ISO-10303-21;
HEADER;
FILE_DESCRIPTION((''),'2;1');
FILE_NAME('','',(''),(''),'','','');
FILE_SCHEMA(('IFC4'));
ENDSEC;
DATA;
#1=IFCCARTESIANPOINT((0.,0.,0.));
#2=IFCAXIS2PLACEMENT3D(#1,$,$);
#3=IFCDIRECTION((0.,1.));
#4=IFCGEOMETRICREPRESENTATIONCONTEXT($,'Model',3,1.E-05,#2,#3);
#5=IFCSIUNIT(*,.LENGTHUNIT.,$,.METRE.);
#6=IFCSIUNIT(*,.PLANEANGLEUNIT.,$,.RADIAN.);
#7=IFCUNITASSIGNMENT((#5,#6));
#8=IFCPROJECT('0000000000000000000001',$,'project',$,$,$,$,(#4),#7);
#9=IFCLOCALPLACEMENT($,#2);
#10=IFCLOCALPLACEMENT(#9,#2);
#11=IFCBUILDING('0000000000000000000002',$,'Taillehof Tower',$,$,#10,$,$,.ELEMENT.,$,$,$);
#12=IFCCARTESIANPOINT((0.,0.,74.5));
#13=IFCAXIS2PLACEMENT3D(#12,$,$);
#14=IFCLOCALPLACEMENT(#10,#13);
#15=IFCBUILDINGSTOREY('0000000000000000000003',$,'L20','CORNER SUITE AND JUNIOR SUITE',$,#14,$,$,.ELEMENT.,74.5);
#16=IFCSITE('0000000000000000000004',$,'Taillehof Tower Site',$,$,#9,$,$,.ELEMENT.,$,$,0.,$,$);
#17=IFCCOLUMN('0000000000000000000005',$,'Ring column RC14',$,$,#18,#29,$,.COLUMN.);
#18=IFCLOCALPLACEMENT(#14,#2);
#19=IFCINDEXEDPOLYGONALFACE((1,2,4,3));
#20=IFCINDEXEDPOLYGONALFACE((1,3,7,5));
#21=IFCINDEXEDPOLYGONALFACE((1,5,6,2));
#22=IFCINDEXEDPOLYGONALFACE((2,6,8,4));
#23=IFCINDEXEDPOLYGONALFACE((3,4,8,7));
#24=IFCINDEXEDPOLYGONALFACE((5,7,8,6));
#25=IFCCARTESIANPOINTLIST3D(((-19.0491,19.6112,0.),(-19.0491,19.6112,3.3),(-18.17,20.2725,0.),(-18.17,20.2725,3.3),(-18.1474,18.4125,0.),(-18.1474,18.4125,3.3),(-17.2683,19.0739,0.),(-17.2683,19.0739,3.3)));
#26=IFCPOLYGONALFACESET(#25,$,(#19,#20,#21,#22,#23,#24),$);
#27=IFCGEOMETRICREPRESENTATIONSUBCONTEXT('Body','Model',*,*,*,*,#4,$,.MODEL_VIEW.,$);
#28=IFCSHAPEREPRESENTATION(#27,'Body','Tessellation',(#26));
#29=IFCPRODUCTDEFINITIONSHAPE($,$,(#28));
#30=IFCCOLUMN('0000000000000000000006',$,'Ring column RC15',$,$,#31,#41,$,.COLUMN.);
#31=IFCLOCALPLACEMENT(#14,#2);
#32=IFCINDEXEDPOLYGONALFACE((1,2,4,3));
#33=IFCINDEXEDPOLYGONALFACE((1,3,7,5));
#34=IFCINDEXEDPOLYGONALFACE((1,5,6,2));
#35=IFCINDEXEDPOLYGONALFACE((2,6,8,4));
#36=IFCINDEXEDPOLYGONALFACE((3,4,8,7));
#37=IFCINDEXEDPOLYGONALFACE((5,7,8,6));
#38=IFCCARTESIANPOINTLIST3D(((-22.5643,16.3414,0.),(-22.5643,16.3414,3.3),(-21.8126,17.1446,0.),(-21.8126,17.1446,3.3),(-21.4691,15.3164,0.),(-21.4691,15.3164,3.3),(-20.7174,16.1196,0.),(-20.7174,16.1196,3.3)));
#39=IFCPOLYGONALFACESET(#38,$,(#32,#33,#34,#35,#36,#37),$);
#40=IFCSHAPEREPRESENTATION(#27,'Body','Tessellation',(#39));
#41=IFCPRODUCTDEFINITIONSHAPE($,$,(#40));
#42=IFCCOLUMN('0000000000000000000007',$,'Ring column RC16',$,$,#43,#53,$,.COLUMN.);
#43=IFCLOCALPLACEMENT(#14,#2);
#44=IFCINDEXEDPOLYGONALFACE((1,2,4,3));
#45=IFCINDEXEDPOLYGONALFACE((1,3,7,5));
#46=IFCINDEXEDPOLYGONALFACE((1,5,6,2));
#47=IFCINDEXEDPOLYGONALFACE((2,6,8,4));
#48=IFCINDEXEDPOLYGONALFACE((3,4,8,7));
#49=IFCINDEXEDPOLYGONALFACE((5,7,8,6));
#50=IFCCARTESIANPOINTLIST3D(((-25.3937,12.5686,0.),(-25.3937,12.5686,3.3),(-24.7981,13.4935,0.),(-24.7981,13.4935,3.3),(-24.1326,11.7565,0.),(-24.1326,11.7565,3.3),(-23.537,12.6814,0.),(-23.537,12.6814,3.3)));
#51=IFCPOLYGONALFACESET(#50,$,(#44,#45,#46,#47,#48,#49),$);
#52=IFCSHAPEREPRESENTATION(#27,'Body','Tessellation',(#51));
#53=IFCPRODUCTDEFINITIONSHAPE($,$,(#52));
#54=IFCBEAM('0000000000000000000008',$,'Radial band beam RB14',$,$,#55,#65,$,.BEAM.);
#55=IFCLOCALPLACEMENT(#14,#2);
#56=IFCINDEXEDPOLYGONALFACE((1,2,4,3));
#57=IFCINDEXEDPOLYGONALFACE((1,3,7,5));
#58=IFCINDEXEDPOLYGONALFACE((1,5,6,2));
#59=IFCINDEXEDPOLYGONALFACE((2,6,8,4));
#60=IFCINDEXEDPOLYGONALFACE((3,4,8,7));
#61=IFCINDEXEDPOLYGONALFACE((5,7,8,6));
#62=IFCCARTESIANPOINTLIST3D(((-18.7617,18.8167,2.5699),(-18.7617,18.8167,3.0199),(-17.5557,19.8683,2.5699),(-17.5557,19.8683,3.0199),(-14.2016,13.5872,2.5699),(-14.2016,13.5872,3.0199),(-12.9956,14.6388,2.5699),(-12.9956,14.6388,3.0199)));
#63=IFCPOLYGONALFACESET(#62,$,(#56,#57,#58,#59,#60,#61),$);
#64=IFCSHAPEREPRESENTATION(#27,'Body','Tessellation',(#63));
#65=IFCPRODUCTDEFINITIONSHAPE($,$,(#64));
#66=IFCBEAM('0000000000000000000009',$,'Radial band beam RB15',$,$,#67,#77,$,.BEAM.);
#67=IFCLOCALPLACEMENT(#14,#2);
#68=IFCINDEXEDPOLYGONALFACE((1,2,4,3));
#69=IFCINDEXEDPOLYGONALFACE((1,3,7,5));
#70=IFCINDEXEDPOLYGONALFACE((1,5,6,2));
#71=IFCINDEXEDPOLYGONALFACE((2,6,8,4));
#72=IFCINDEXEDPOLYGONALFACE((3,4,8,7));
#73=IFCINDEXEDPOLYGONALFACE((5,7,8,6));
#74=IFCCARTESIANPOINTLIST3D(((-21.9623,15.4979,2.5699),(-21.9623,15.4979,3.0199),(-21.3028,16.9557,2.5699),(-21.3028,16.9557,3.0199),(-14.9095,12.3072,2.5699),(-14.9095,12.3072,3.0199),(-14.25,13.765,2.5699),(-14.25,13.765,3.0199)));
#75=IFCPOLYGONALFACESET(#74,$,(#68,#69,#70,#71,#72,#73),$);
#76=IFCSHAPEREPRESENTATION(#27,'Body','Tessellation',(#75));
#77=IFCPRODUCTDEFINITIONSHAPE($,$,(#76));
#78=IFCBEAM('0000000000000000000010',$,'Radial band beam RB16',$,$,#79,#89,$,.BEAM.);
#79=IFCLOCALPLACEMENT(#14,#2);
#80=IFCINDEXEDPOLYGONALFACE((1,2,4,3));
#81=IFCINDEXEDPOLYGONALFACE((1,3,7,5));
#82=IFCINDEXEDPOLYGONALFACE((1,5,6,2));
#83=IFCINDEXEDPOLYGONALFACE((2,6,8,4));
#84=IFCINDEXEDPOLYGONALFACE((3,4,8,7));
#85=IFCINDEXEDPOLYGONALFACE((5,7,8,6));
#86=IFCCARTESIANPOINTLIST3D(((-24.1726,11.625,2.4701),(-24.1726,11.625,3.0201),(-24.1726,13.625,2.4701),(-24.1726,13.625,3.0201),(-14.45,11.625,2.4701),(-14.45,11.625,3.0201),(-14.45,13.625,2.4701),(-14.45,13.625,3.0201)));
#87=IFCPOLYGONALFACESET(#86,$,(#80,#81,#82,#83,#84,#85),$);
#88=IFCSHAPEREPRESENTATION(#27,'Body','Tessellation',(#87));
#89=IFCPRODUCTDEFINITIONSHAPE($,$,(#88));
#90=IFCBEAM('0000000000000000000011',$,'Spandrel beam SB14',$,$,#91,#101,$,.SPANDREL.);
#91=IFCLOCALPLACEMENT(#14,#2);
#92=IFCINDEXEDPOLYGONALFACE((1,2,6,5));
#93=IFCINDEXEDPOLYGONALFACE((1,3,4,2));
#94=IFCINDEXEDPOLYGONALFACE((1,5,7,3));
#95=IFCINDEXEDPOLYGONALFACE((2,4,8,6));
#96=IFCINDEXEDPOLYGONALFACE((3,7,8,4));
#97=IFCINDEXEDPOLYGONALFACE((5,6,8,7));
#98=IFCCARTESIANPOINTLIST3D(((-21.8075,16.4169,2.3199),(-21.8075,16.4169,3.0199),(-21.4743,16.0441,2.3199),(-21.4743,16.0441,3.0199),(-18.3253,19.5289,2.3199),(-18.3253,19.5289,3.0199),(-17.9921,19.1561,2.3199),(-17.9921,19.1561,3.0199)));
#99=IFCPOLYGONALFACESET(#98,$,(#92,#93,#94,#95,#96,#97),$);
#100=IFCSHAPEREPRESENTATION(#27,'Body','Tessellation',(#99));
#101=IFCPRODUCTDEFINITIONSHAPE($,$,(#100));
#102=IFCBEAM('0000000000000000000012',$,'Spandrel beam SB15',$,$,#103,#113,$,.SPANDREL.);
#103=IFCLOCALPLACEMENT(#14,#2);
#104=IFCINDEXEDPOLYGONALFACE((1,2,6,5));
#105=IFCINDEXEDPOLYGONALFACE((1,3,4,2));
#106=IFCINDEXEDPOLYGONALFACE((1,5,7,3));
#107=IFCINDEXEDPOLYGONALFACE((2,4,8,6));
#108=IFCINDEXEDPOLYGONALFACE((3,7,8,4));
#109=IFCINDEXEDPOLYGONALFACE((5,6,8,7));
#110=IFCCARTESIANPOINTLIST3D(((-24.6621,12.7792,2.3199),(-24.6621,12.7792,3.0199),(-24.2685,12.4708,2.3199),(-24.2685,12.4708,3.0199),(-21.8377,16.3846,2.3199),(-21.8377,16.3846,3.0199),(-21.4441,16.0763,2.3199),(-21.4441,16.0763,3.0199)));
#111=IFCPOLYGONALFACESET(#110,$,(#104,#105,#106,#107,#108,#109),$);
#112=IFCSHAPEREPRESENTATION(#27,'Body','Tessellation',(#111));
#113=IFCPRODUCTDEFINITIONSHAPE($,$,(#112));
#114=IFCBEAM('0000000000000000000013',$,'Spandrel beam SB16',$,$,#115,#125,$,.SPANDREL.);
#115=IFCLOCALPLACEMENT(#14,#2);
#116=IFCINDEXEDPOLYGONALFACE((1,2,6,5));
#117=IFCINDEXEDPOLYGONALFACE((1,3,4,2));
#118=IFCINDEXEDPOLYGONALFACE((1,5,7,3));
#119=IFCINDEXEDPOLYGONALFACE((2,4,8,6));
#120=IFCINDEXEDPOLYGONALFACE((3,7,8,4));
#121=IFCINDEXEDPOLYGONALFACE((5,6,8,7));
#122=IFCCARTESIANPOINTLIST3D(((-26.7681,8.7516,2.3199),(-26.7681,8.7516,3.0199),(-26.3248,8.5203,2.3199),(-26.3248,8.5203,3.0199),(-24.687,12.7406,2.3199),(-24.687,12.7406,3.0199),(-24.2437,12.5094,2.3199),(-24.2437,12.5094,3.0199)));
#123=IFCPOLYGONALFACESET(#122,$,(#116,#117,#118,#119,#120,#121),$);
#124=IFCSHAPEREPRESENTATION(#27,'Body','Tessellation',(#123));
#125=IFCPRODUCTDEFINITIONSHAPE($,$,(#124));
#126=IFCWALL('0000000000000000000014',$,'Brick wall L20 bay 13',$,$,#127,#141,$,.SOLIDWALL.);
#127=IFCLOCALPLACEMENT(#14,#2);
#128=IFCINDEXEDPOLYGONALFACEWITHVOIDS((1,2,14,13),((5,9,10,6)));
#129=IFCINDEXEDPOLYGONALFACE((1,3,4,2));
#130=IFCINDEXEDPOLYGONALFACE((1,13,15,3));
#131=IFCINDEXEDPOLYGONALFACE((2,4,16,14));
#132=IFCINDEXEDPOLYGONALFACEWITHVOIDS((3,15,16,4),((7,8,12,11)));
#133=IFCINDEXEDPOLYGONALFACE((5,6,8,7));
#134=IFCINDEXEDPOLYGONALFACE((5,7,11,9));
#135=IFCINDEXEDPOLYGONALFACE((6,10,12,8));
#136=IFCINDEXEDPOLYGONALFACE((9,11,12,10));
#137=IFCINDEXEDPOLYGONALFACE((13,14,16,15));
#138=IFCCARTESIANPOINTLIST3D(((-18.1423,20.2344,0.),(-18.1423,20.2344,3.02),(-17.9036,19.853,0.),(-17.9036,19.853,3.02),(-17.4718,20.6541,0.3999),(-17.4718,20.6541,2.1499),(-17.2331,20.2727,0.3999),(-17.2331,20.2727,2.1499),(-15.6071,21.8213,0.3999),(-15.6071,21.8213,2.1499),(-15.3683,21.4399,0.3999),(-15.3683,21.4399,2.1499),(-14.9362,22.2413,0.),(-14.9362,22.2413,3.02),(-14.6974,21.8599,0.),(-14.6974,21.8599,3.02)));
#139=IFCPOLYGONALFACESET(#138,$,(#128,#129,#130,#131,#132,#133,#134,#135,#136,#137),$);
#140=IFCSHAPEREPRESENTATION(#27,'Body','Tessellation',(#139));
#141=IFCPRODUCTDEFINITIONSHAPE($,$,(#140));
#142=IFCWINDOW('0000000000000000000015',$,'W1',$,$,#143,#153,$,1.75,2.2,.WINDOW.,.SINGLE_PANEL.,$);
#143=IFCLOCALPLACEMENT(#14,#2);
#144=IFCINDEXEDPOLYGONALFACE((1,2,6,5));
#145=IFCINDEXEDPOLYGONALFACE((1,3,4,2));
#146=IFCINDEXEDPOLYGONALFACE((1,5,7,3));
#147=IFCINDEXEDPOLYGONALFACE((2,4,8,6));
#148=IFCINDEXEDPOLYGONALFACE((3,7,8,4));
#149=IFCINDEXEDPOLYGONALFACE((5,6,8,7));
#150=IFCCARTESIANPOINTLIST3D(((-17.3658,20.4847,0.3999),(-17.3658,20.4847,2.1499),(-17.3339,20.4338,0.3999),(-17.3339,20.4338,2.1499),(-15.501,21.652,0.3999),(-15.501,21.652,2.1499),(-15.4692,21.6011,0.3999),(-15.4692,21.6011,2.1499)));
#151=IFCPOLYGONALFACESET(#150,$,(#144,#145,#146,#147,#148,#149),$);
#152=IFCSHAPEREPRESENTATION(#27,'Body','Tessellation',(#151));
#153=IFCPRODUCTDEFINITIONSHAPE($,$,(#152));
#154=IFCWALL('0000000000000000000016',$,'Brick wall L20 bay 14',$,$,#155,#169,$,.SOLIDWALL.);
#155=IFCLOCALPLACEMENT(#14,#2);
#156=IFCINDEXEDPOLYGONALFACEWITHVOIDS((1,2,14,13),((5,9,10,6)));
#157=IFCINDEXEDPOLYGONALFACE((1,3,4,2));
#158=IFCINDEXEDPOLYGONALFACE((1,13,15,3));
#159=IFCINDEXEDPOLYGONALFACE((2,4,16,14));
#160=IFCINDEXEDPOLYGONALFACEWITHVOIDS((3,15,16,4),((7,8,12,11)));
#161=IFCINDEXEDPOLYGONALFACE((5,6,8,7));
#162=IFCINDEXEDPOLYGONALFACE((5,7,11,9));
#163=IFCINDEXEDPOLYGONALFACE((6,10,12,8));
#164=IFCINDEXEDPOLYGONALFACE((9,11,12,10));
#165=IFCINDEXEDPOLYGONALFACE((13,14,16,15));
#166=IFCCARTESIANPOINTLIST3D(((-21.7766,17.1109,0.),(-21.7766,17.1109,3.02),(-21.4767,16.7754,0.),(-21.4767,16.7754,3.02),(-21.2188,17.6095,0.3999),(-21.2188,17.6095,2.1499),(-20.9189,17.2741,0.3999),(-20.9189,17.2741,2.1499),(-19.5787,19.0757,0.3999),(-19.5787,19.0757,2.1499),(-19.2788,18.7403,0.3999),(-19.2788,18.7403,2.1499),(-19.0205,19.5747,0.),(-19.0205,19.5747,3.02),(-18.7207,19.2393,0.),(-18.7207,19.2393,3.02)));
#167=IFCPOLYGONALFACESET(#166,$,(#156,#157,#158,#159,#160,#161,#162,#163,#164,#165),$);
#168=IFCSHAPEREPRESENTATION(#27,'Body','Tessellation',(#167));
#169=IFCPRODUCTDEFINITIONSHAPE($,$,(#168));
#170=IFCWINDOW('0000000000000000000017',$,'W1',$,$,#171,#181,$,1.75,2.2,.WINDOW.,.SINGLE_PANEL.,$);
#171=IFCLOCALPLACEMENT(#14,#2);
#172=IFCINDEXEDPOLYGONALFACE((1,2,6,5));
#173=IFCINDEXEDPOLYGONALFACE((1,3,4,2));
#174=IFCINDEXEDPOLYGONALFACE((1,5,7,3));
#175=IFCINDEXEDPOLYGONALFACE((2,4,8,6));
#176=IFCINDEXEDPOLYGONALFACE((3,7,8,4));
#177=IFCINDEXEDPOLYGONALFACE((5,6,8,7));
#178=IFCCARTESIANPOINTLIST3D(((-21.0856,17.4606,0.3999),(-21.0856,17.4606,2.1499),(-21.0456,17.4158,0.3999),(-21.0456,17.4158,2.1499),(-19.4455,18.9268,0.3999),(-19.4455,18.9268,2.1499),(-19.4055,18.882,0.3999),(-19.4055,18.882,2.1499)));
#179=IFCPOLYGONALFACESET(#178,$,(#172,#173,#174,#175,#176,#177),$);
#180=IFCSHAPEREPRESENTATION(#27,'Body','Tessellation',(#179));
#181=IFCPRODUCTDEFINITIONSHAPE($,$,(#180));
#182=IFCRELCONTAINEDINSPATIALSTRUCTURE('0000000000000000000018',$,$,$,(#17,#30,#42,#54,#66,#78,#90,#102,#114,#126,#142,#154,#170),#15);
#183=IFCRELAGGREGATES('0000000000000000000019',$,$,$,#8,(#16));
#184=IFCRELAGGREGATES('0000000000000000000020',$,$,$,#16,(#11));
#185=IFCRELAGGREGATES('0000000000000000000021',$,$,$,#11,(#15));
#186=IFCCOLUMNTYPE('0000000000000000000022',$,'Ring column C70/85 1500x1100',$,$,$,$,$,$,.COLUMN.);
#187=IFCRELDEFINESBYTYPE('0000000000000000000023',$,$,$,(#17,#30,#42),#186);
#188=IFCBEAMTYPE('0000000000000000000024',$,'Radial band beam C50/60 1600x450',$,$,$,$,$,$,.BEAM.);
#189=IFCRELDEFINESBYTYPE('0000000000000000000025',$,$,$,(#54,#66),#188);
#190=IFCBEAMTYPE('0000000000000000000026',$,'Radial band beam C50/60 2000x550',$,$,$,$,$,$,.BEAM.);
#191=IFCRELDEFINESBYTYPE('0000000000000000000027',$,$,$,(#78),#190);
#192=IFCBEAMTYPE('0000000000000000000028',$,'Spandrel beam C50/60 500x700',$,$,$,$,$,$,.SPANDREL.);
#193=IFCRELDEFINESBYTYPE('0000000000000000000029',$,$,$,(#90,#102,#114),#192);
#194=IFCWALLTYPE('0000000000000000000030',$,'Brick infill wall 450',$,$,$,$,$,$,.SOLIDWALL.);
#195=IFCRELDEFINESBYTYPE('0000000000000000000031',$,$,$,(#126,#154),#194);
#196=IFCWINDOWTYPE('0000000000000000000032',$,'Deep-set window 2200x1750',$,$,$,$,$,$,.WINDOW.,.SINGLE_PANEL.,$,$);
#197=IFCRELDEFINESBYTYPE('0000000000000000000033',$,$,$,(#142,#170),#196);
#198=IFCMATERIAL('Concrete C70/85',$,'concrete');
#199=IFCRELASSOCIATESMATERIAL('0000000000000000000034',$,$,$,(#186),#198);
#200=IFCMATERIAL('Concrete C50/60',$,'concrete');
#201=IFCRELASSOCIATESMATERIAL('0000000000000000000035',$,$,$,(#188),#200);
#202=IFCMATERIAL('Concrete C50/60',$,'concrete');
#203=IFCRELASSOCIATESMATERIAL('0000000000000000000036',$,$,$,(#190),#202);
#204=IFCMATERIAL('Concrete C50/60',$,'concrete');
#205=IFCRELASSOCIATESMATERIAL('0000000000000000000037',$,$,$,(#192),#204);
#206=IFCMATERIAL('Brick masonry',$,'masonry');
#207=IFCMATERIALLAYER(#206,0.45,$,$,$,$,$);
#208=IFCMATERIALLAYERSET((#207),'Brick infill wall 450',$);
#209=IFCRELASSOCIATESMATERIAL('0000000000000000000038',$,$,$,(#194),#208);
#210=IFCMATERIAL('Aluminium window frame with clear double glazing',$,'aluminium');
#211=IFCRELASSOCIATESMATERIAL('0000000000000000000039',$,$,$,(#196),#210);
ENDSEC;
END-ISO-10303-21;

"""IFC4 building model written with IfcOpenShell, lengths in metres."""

from ifc_helpers import new_model, si_unit, direction, frame, frame_2d, origin, origin_2d, place, context, subcontext, project, spatial, rectangle, extrude, material, layer, layer_set, material_profile, profile_set, type_object, element, fill, save


model = new_model("IFC4")

# Units and contexts
model_context = context("Model", 3, precision=1e-05, world=origin(), true_north=direction((0.0, 1.0)))
body_context = subcontext(model_context, "Body", "Model", "MODEL_VIEW")
ifc_project = project(units=[si_unit("LENGTHUNIT", "METRE"), si_unit("PLANEANGLEUNIT", "RADIAN")], contexts=[model_context])

# Site, building, storey
site_placement = place(None, origin())
site = spatial("IfcSite", under=ifc_project, at=site_placement, Name="Taillehof Tower Site", CompositionType="ELEMENT", RefElevation=0.0)
building_placement = place(site_placement, origin())
building = spatial("IfcBuilding", under=site, at=building_placement, Name="Taillehof Tower", CompositionType="ELEMENT")
storey_placement = place(building_placement, frame((0.0, 0.0, 74.5)))
storey = spatial("IfcBuildingStorey", under=building, at=storey_placement, Name="L20", Description="CORNER SUITE AND JUNIOR SUITE", CompositionType="ELEMENT", Elevation=74.5)

# Columns
ifc_material_1 = material(Name="Concrete C70/85", Category="concrete")
ifc_material_profile_1 = material_profile(ifc_material_1, rectangle(XDim=1.5, YDim=1.1001, at=origin_2d()), Name="RC 1500x1100")
ifc_profile_set_1 = profile_set([ifc_material_profile_1], Name="Concrete C70/85")
column_type = type_object("IfcColumnType", Name="Ring column C70/85 1500x1100", PredefinedType="COLUMN", material=ifc_profile_set_1)
for number, where, z_axis, x_axis, name in (
    (1, (-18.1587, 19.3425, 0.0), (0.0, 0.0, 1.0), (-0.601174, 0.799118, 0.0), "Ring column RC14"),
    (2, (-21.6409, 16.2305, 0.0), (0.0, 0.0, 1.0), (-0.730113, 0.683326, 0.0), "Ring column RC15"),
    (3, (-24.4653, 12.625, 0.0), (0.0, 0.0, 1.0), (-0.840754, 0.541418, 0.0), "Ring column RC16"),
):
    element("IfcColumn", number, at=place(storey_placement, frame(where, z_axis=z_axis, x_axis=x_axis)), inside=storey, type_object=column_type, Name=name, PredefinedType="COLUMN", context=body_context, shape_type="SweptSolid", body=[
        extrude(rectangle(XDim=1.5, YDim=1.1001, at=origin_2d()), origin(), (0.0, 0.0, 1.0), 3.3),
    ])

# Beams
ifc_material_2 = material(Name="Concrete C50/60", Category="concrete")
ifc_material_profile_2 = material_profile(ifc_material_2, rectangle(XDim=1.6001, YDim=0.45, at=origin_2d()), Name="RC 1600x450")
ifc_profile_set_2 = profile_set([ifc_material_profile_2], Name="Concrete C50/60")
beam_type_1 = type_object("IfcBeamType", Name="Radial band beam C50/60 1600x450", PredefinedType="BEAM", material=ifc_profile_set_2)
beam_1_placement = place(storey_placement, frame((-18.1587, 19.3425, 2.7949), z_axis=(0.657218, -0.7537, 0.0), x_axis=(0.7537, 0.657218, 0.0)))
element("IfcBeam", 4, at=beam_1_placement, inside=storey, type_object=beam_type_1, Name="Radial band beam RB14", PredefinedType="BEAM", context=body_context, shape_type="SweptSolid", body=[
    extrude(rectangle(XDim=1.6001, YDim=0.45, at=origin_2d()), origin(), (0.0, 0.0, 1.0), 6.9385),
])
beam_2_placement = place(storey_placement, frame((-21.6326, 16.2268, 2.7949), z_axis=(0.911101, -0.412184, 0.0), x_axis=(0.412184, 0.911101, 0.0)))
element("IfcBeam", 5, at=beam_2_placement, inside=storey, type_object=beam_type_1, Name="Radial band beam RB15", PredefinedType="BEAM", context=body_context, shape_type="SweptSolid", body=[
    extrude(rectangle(XDim=1.6001, YDim=0.45, at=origin_2d()), origin(), (0.0, 0.0, 1.0), 7.741),
])
ifc_material_3 = material(Name="Concrete C50/60", Category="concrete")
ifc_material_profile_3 = material_profile(ifc_material_3, rectangle(XDim=2.0, YDim=0.55, at=origin_2d()), Name="RC 2000x550")
ifc_profile_set_3 = profile_set([ifc_material_profile_3], Name="Concrete C50/60")
beam_type_2 = type_object("IfcBeamType", Name="Radial band beam C50/60 2000x550", PredefinedType="BEAM", material=ifc_profile_set_3)
beam_3_placement = place(storey_placement, frame((-24.1726, 12.625, 2.7451), z_axis=(1.0, 0.0, 0.0), x_axis=(0.0, 1.0, 0.0)))
element("IfcBeam", 6, at=beam_3_placement, inside=storey, type_object=beam_type_2, Name="Radial band beam RB16", PredefinedType="BEAM", context=body_context, shape_type="SweptSolid", body=[
    extrude(rectangle(XDim=2.0, YDim=0.55, at=origin_2d()), origin(), (0.0, 0.0, 1.0), 9.7227),
])
ifc_material_4 = material(Name="Concrete C50/60", Category="concrete")
ifc_material_profile_4 = material_profile(ifc_material_4, rectangle(XDim=0.5, YDim=0.7, at=origin_2d()), Name="RC 500x700")
ifc_profile_set_4 = profile_set([ifc_material_profile_4], Name="Concrete C50/60")
beam_type_3 = type_object("IfcBeamType", Name="Spandrel beam C50/60 500x700", PredefinedType="SPANDREL", material=ifc_profile_set_4)
beam_4_placement = place(storey_placement, frame((-18.1587, 19.3425, 2.6699), z_axis=(-0.745621, -0.66637, 0.0), x_axis=(0.66637, -0.745621, 0.0)))
element("IfcBeam", 7, at=beam_4_placement, inside=storey, type_object=beam_type_3, Name="Spandrel beam SB14", PredefinedType="SPANDREL", context=body_context, shape_type="SweptSolid", body=[
    extrude(rectangle(XDim=0.5, YDim=0.7, at=origin_2d()), origin(), (0.0, 0.0, 1.0), 4.6702),
])
beam_5_placement = place(storey_placement, frame((-21.6409, 16.2305, 2.6699), z_axis=(-0.616686, -0.787209, 0.0), x_axis=(0.787209, -0.616686, 0.0)))
element("IfcBeam", 8, at=beam_5_placement, inside=storey, type_object=beam_type_3, Name="Spandrel beam SB15", PredefinedType="SPANDREL", context=body_context, shape_type="SweptSolid", body=[
    extrude(rectangle(XDim=0.5, YDim=0.7, at=origin_2d()), origin(), (0.0, 0.0, 1.0), 4.5801),
])
beam_6_placement = place(storey_placement, frame((-24.4653, 12.625, 2.6699), z_axis=(-0.462536, -0.8866, 0.0), x_axis=(0.8866, -0.462536, 0.0)))
element("IfcBeam", 9, at=beam_6_placement, inside=storey, type_object=beam_type_3, Name="Spandrel beam SB16", PredefinedType="SPANDREL", context=body_context, shape_type="SweptSolid", body=[
    extrude(rectangle(XDim=0.5, YDim=0.7, at=origin_2d()), origin(), (0.0, 0.0, 1.0), 4.4993),
])

# Walls, openings, windows
ifc_material_5 = material(Name="Brick masonry", Category="masonry")
ifc_layer_1 = layer(ifc_material_5, 0.45)
ifc_layer_set_1 = layer_set([ifc_layer_1], Name="Brick infill wall 450")
wall_type_1 = type_object("IfcWallType", Name="Brick infill wall 450", PredefinedType="SOLIDWALL", material=ifc_layer_set_1)
wall_1_placement = place(storey_placement, frame((-14.8169, 22.0505, 0.0), z_axis=(0.0, 0.0, 1.0), x_axis=(-0.847635, -0.530579, 0.0)))
wall_1 = element("IfcWall", 10, at=wall_1_placement, inside=storey, type_object=wall_type_1, Name="Brick wall L20 bay 13", PredefinedType="SOLIDWALL", context=body_context, shape_type="SweptSolid", body=[
    extrude(rectangle(XDim=3.7825, YDim=0.45, at=frame_2d((1.8911, 0.0))), origin(), (0.0, 0.0, 1.0), 3.02),
])
opening_1_placement = place(wall_1_placement, frame((0.7913, 0.0, 0.3999)))
opening_1 = element("IfcOpeningElement", 11, at=opening_1_placement, cuts=wall_1, PredefinedType="OPENING", context=body_context, shape_type="SweptSolid", body=[
    extrude(rectangle(XDim=2.2, YDim=1.75, at=frame_2d((1.1001, 0.875))), frame((0.0, 0.2349, 0.0), z_axis=(0.0, -1.0, 0.0), x_axis=(1.0, 0.0, 0.0)), (0.0, 0.0, 1.0), 0.47),
])
ifc_material_6 = material(Name="Aluminium window frame with clear double glazing", Category="aluminium")
window_type_1 = type_object("IfcWindowType", Name="Deep-set window 2200x1750", PartitioningType="SINGLE_PANEL", PredefinedType="WINDOW", material=ifc_material_6)
window_1_placement = place(opening_1_placement, origin())
window_1 = element("IfcWindow", 12, at=window_1_placement, inside=storey, type_object=window_type_1, Name="W1", OverallHeight=1.75, OverallWidth=2.2, PartitioningType="SINGLE_PANEL", PredefinedType="WINDOW", context=body_context, shape_type="SweptSolid", body=[
    extrude(rectangle(XDim=2.2, YDim=1.75, at=frame_2d((1.1001, 0.875))), frame((0.0, 0.0349, 0.0), z_axis=(0.0, -1.0, 0.0), x_axis=(1.0, 0.0, 0.0)), (0.0, 0.0, 1.0), 0.0601),
])
fill(opening_1, window_1)
wall_2_placement = place(storey_placement, frame((-18.8706, 19.407, 0.0), z_axis=(0.0, 0.0, 1.0), x_axis=(-0.745526, -0.666476, 0.0)))
wall_2 = element("IfcWall", 13, at=wall_2_placement, inside=storey, type_object=wall_type_1, Name="Brick wall L20 bay 14", PredefinedType="SOLIDWALL", context=body_context, shape_type="SweptSolid", body=[
    extrude(rectangle(XDim=3.6968, YDim=0.45, at=frame_2d((1.8484, 0.0))), origin(), (0.0, 0.0, 1.0), 3.02),
])
opening_2_placement = place(wall_2_placement, frame((0.7485, 0.0, 0.3999)))
opening_2 = element("IfcOpeningElement", 14, at=opening_2_placement, cuts=wall_2, PredefinedType="OPENING", context=body_context, shape_type="SweptSolid", body=[
    extrude(rectangle(XDim=2.2, YDim=1.75, at=frame_2d((1.1001, 0.875))), frame((0.0, 0.2349, 0.0), z_axis=(0.0, -1.0, 0.0), x_axis=(1.0, 0.0, 0.0)), (0.0, 0.0, 1.0), 0.47),
])
window_2_placement = place(opening_2_placement, origin())
window_2 = element("IfcWindow", 15, at=window_2_placement, inside=storey, type_object=window_type_1, Name="W1", OverallHeight=1.75, OverallWidth=2.2, PartitioningType="SINGLE_PANEL", PredefinedType="WINDOW", context=body_context, shape_type="SweptSolid", body=[
    extrude(rectangle(XDim=2.2, YDim=1.75, at=frame_2d((1.1001, 0.875))), frame((0.0, 0.0349, 0.0), z_axis=(0.0, -1.0, 0.0), x_axis=(1.0, 0.0, 0.0)), (0.0, 0.0, 1.0), 0.0601),
])
fill(opening_2, window_2)

save(model, "model.ifc")
